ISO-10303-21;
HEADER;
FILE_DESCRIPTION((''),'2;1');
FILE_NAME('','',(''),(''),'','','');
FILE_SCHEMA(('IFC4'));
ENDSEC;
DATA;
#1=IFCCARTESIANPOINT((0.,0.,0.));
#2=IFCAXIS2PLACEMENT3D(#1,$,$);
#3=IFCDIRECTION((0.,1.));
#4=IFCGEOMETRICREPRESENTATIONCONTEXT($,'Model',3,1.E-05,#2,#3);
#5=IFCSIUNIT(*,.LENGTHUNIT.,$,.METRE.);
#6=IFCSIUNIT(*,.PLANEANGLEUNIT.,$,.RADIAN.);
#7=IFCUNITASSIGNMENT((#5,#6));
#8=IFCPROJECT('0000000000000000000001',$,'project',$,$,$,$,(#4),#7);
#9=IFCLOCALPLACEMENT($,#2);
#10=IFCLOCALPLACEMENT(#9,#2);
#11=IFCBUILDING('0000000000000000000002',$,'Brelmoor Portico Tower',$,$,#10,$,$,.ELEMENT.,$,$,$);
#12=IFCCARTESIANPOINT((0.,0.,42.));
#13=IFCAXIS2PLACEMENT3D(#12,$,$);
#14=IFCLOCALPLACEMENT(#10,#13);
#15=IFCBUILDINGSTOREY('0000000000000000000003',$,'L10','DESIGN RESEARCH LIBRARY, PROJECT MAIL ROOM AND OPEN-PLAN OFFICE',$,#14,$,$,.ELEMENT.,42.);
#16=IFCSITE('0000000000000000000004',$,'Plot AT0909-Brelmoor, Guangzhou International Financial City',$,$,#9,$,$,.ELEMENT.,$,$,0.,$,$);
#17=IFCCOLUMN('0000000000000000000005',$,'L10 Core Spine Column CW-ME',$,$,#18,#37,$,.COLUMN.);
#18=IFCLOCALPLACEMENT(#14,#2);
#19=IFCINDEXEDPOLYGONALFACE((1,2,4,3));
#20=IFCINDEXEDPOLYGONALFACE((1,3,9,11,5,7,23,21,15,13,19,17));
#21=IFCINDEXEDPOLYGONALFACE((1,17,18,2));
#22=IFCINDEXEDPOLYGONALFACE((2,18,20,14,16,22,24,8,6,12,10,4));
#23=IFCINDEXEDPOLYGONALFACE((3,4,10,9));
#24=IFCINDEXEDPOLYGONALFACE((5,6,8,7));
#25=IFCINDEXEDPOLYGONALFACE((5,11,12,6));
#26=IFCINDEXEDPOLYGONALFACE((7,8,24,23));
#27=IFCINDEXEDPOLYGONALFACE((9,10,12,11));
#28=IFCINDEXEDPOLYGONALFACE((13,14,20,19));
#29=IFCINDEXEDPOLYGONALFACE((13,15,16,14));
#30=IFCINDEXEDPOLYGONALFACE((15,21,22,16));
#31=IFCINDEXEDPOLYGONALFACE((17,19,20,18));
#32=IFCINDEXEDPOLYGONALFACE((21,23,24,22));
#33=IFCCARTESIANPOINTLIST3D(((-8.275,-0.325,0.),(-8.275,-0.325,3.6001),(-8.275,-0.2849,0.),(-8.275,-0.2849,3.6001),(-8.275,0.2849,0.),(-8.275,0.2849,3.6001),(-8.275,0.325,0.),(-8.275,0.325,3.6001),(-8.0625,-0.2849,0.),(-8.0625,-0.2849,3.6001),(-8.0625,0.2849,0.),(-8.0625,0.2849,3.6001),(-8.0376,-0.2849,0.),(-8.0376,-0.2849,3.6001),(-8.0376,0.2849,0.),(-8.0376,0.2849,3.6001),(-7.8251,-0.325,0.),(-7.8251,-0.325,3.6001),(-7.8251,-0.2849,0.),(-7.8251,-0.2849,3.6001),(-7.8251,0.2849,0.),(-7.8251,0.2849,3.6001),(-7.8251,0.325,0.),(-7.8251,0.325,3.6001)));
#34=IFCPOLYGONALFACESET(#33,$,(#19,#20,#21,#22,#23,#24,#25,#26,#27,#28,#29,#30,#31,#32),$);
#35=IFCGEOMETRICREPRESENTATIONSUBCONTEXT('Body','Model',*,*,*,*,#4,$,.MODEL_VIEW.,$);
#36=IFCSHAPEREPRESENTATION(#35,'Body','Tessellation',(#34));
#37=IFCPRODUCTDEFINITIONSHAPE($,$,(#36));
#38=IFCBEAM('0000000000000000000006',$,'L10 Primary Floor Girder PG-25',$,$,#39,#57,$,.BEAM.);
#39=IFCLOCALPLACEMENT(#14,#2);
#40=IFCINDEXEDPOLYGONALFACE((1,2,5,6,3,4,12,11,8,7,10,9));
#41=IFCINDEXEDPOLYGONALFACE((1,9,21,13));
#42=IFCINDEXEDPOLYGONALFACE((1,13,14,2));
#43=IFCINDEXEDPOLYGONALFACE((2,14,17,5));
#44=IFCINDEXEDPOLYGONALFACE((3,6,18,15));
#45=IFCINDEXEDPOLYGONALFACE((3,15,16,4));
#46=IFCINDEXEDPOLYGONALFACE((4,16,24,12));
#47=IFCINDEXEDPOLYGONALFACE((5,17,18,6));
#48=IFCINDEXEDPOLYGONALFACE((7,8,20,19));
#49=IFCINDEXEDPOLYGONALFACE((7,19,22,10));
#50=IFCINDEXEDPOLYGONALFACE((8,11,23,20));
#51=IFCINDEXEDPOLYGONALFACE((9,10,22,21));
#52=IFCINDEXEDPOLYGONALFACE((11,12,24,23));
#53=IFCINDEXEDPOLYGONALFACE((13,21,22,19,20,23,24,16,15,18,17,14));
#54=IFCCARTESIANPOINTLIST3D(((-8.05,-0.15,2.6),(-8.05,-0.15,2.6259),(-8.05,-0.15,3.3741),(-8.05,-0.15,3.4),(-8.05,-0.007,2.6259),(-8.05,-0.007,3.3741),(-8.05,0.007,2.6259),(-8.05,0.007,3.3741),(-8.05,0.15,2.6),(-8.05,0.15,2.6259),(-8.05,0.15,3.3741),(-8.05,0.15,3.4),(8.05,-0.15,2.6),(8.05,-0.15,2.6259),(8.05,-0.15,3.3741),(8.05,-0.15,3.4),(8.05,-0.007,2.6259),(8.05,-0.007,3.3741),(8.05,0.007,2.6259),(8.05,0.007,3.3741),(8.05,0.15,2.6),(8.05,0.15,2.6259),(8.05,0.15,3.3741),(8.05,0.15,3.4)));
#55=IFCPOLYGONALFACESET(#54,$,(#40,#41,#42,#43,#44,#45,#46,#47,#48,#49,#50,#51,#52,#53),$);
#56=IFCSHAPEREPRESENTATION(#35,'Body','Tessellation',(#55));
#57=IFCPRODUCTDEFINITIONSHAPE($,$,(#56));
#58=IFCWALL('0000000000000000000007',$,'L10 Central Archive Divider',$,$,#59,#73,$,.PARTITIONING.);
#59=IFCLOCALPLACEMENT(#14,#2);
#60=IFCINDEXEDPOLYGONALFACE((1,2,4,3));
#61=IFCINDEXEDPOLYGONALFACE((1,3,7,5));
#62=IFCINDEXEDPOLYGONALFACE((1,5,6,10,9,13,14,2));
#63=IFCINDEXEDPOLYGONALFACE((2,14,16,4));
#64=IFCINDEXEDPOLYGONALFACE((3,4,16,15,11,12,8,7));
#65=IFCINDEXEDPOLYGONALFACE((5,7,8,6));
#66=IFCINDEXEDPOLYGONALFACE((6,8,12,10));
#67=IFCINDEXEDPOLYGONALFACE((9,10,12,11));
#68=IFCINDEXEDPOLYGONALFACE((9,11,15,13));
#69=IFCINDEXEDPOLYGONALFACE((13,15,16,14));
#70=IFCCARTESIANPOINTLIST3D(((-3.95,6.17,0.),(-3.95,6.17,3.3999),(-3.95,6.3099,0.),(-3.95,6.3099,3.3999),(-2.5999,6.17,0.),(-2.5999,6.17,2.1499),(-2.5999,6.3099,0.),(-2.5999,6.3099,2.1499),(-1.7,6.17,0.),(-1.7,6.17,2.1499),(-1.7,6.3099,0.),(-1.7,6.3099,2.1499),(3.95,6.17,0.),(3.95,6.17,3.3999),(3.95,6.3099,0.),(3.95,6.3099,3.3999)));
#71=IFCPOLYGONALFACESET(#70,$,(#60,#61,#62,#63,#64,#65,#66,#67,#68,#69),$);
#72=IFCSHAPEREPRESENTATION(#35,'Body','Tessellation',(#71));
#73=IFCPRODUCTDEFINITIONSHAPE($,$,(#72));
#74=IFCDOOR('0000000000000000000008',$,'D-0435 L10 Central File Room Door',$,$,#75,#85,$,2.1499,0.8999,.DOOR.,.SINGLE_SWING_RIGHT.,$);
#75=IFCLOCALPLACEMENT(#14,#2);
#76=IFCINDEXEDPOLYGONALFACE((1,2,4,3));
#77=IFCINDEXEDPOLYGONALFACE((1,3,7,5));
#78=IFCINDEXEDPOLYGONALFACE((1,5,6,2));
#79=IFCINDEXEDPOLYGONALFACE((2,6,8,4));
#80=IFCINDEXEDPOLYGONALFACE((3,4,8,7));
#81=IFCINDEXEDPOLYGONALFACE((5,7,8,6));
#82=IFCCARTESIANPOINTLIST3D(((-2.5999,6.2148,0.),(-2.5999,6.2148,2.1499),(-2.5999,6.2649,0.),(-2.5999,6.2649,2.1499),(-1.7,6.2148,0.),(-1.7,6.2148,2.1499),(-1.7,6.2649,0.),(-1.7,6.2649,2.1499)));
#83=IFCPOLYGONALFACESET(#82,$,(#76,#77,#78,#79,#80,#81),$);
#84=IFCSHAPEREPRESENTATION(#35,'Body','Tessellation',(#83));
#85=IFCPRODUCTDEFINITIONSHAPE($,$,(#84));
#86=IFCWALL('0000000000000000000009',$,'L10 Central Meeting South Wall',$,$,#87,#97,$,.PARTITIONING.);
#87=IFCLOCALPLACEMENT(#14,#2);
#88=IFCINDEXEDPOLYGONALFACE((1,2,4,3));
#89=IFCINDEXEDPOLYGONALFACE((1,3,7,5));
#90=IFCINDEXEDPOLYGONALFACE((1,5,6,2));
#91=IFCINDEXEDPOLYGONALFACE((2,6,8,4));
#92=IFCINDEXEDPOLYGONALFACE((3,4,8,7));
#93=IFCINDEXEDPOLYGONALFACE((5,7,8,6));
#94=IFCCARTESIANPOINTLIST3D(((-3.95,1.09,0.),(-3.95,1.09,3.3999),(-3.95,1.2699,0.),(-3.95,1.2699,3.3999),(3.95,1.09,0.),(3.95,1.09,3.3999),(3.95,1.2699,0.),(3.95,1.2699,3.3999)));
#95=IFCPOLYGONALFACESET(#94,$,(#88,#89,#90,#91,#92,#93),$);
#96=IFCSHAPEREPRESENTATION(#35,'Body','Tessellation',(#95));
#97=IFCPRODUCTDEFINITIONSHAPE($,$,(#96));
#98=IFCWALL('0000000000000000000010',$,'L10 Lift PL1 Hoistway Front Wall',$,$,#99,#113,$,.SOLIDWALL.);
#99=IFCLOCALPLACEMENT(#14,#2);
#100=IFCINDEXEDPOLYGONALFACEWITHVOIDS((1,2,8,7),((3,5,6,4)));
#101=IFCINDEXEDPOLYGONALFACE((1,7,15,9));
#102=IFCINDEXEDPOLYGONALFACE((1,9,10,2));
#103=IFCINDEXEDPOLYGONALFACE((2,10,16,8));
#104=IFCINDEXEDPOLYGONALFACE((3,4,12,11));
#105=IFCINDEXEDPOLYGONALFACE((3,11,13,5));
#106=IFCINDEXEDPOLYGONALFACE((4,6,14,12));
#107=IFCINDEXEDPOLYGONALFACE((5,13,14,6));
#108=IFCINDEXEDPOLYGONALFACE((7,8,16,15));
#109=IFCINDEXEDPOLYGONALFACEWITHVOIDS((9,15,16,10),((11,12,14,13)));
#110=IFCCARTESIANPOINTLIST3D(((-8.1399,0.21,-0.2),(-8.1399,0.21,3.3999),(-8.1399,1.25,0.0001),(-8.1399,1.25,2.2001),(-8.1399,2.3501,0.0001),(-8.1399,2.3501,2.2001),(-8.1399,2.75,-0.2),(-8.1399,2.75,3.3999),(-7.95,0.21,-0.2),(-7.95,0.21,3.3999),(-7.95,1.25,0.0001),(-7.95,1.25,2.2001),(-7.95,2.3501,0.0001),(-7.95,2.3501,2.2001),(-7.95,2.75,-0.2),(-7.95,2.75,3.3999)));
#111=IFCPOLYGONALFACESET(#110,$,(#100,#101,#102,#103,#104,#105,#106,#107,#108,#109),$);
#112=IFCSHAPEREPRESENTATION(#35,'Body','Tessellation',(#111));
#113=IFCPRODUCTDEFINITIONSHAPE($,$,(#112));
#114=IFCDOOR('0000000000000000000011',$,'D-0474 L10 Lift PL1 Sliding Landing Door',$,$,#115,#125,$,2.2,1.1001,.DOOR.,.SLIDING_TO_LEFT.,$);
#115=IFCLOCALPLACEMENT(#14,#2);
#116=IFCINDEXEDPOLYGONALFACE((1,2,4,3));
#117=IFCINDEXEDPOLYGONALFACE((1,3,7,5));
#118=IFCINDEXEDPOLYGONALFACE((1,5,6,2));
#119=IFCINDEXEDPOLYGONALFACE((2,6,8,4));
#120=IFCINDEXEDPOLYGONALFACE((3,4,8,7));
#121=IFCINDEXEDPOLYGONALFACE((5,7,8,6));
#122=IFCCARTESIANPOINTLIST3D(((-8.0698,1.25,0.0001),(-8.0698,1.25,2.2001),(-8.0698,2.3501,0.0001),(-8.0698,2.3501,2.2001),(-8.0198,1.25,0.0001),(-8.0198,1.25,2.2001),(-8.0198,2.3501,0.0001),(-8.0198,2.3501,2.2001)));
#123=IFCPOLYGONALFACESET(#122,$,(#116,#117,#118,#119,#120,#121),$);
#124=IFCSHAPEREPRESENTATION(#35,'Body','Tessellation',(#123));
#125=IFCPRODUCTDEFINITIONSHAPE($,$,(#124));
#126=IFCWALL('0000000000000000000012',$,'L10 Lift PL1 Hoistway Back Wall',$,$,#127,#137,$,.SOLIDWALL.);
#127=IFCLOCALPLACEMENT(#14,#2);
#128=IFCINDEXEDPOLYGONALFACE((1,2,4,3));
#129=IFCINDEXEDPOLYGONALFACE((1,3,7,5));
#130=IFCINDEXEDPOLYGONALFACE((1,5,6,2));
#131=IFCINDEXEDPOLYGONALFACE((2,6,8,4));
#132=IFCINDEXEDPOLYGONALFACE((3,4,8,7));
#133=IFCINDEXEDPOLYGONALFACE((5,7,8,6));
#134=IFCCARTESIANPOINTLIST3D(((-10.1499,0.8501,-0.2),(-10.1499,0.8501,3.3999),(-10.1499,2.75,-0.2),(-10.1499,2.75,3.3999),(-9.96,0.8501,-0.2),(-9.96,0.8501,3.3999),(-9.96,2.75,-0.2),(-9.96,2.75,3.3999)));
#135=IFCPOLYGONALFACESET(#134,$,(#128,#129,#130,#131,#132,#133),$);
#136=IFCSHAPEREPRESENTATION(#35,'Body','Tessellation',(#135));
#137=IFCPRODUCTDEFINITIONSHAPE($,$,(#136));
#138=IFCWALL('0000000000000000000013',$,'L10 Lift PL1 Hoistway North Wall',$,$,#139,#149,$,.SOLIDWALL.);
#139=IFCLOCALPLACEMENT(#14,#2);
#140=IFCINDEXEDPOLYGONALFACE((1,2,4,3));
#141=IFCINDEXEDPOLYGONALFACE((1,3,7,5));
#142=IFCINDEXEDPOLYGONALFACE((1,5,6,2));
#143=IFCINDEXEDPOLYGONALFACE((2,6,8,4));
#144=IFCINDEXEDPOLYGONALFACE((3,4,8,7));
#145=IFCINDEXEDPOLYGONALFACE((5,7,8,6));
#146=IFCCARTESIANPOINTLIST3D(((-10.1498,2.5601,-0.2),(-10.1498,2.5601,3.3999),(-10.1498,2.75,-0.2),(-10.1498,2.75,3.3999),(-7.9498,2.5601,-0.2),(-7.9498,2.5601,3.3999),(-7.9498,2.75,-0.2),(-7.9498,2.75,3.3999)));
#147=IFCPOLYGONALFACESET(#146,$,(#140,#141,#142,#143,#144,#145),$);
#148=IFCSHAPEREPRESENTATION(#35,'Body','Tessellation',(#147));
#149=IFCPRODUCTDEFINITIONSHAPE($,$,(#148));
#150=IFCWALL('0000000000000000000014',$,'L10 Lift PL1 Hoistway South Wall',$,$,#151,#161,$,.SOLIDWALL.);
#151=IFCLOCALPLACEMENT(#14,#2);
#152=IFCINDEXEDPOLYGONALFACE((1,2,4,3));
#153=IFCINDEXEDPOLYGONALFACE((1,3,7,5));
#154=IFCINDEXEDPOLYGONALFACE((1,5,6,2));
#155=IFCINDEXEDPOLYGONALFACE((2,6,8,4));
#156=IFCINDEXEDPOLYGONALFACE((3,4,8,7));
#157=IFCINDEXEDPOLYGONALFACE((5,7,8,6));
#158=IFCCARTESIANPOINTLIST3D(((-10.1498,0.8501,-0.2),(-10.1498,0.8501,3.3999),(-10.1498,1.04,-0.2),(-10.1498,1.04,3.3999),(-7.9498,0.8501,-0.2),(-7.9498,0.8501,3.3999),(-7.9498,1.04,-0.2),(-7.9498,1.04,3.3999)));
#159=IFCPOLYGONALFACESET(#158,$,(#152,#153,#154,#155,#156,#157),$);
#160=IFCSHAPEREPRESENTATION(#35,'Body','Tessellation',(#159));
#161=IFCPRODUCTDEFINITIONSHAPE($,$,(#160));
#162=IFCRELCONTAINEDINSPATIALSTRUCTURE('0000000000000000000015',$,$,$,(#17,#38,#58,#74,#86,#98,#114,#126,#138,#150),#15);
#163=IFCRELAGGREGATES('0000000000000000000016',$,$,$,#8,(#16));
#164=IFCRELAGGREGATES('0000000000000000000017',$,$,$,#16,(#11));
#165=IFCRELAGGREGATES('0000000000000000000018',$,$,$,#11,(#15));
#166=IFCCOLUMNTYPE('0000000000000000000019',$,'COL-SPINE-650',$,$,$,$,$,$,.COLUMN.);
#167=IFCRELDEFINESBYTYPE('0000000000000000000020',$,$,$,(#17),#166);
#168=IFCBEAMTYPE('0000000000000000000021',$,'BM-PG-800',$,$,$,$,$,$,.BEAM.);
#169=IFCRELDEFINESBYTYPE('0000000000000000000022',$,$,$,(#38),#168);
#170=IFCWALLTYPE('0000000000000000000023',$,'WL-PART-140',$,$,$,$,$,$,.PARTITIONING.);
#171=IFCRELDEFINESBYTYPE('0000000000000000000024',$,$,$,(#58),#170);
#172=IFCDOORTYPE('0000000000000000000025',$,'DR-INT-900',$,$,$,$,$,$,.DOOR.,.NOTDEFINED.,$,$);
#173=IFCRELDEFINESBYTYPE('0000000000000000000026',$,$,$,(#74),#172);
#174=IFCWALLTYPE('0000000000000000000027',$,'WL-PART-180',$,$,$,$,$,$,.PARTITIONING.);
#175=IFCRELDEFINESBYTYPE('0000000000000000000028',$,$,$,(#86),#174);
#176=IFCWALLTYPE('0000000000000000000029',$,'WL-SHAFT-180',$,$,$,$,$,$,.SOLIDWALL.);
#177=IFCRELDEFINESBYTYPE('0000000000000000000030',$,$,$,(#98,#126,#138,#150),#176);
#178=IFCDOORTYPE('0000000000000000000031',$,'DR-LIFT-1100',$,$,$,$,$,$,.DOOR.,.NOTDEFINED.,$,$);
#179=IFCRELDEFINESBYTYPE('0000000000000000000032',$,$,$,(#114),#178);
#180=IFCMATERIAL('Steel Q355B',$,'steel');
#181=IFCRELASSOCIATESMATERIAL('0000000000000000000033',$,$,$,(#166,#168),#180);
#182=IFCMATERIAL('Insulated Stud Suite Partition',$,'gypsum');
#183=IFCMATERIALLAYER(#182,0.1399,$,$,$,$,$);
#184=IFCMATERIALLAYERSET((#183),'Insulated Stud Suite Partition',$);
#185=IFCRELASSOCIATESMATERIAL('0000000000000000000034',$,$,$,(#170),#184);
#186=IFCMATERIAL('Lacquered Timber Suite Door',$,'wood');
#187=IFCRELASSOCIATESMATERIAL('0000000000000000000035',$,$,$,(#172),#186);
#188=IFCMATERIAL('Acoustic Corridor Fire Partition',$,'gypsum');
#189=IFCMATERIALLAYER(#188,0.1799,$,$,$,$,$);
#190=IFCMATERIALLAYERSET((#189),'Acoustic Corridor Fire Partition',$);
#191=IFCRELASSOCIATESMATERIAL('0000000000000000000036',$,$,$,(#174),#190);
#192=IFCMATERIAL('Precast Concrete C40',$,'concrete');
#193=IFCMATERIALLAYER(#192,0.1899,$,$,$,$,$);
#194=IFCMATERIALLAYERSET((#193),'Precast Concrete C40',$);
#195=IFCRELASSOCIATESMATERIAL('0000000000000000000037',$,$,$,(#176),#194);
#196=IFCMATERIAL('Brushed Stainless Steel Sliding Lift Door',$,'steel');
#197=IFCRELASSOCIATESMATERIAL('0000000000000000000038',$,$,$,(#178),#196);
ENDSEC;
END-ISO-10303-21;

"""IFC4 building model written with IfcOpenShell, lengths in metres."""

from ifc_helpers import new_model, si_unit, direction, frame, frame_2d, origin, origin_2d, place, context, subcontext, project, spatial, rectangle, i_section, extrude, material, layer, layer_set, material_profile, profile_set, type_object, element, fill, save


model = new_model("IFC4")

# Units and contexts
model_context = context("Model", 3, precision=1e-05, world=origin(), true_north=direction((0.0, 1.0)))
body_context = subcontext(model_context, "Body", "Model", "MODEL_VIEW")
ifc_project = project(units=[si_unit("LENGTHUNIT", "METRE"), si_unit("PLANEANGLEUNIT", "RADIAN")], contexts=[model_context])

# Site, building, storey
site_placement = place(None, origin())
site = spatial("IfcSite", under=ifc_project, at=site_placement, Name="Plot AT0909-Brelmoor, Guangzhou International Financial City", CompositionType="ELEMENT", RefElevation=0.0)
building_placement = place(site_placement, origin())
building = spatial("IfcBuilding", under=site, at=building_placement, Name="Brelmoor Portico Tower", CompositionType="ELEMENT")
storey_placement = place(building_placement, frame((0.0, 0.0, 42.0)))
storey = spatial("IfcBuildingStorey", under=building, at=storey_placement, Name="L10", Description="DESIGN RESEARCH LIBRARY, PROJECT MAIL ROOM AND OPEN-PLAN OFFICE", CompositionType="ELEMENT", Elevation=42.0)

# Column
ifc_material_1 = material(Name="Steel Q355B", Category="steel")
ifc_material_profile_1 = material_profile(ifc_material_1, i_section(OverallWidth=0.45, OverallDepth=0.6499, WebThickness=0.0249, FlangeThickness=0.04, at=origin_2d()), Name="HW 650x450x25x40")
ifc_profile_set_1 = profile_set([ifc_material_profile_1], Name="Steel Q355B")
column_type = type_object("IfcColumnType", Name="COL-SPINE-650", PredefinedType="COLUMN", material=ifc_profile_set_1)
column_placement = place(storey_placement, frame((-8.05, 0.0, 0.0), z_axis=(0.0, 0.0, 1.0), x_axis=(1.0, 0.0, 0.0)))
element("IfcColumn", 1, at=column_placement, inside=storey, type_object=column_type, Name="L10 Core Spine Column CW-ME", PredefinedType="COLUMN", context=body_context, shape_type="SweptSolid", body=[
    extrude(i_section(OverallWidth=0.45, OverallDepth=0.6499, WebThickness=0.0249, FlangeThickness=0.04, at=origin_2d()), origin(), (0.0, 0.0, 1.0), 3.6001),
])

# Beam
ifc_material_profile_2 = material_profile(ifc_material_1, i_section(OverallWidth=0.3, OverallDepth=0.8, WebThickness=0.0139, FlangeThickness=0.0259, at=origin_2d()), Name="HN 800x300x14x26")
ifc_profile_set_2 = profile_set([ifc_material_profile_2], Name="Steel Q355B")
beam_type = type_object("IfcBeamType", Name="BM-PG-800", PredefinedType="BEAM", material=ifc_profile_set_2)
beam_placement = place(storey_placement, frame((-8.05, 0.0, 3.0), z_axis=(1.0, 0.0, 0.0), x_axis=(0.0, 1.0, 0.0)))
element("IfcBeam", 2, at=beam_placement, inside=storey, type_object=beam_type, Name="L10 Primary Floor Girder PG-25", PredefinedType="BEAM", context=body_context, shape_type="SweptSolid", body=[
    extrude(i_section(OverallWidth=0.3, OverallDepth=0.8, WebThickness=0.0139, FlangeThickness=0.0259, at=origin_2d()), origin(), (0.0, 0.0, 1.0), 16.1001),
])

# Wall, opening, door
ifc_material_2 = material(Name="Insulated Stud Suite Partition", Category="gypsum")
ifc_layer_1 = layer(ifc_material_2, 0.1399)
ifc_layer_set_1 = layer_set([ifc_layer_1], Name="Insulated Stud Suite Partition")
wall_type_1 = type_object("IfcWallType", Name="WL-PART-140", PredefinedType="PARTITIONING", material=ifc_layer_set_1)
wall_1_placement = place(storey_placement, frame((-3.95, 6.24, 0.0), z_axis=(0.0, 0.0, 1.0), x_axis=(1.0, 0.0, 0.0)))
wall_1 = element("IfcWall", 3, at=wall_1_placement, inside=storey, type_object=wall_type_1, Name="L10 Central Archive Divider", PredefinedType="PARTITIONING", context=body_context, shape_type="SweptSolid", body=[
    extrude(rectangle(XDim=7.8999, YDim=0.1399, at=frame_2d((3.95, 0.0))), origin(), (0.0, 0.0, 1.0), 3.3999),
])
opening_1_placement = place(wall_1_placement, frame((1.3501, 0.0, 0.0)))
opening_1 = element("IfcOpeningElement", 4, at=opening_1_placement, cuts=wall_1, PredefinedType="OPENING", context=body_context, shape_type="SweptSolid", body=[
    extrude(rectangle(XDim=0.8999, YDim=2.1499, at=frame_2d((0.45, 1.075))), frame((0.0, 0.0798, 0.0), z_axis=(0.0, -1.0, 0.0), x_axis=(1.0, 0.0, 0.0)), (0.0, 0.0, 1.0), 0.1599),
])
ifc_material_3 = material(Name="Lacquered Timber Suite Door", Category="wood")
door_type_1 = type_object("IfcDoorType", Name="DR-INT-900", OperationType="NOTDEFINED", PredefinedType="DOOR", material=ifc_material_3)
door_1_placement = place(opening_1_placement, origin())
door_1 = element("IfcDoor", 5, at=door_1_placement, inside=storey, type_object=door_type_1, Name="D-0435 L10 Central File Room Door", OperationType="SINGLE_SWING_RIGHT", OverallHeight=2.1499, OverallWidth=0.8999, PredefinedType="DOOR", context=body_context, shape_type="SweptSolid", body=[
    extrude(rectangle(XDim=0.8999, YDim=2.1499, at=frame_2d((0.45, 1.075))), frame((0.0, 0.0249, 0.0), z_axis=(0.0, -1.0, 0.0), x_axis=(1.0, 0.0, 0.0)), (0.0, 0.0, 1.0), 0.05),
])
fill(opening_1, door_1)

# Wall
ifc_material_4 = material(Name="Acoustic Corridor Fire Partition", Category="gypsum")
ifc_layer_2 = layer(ifc_material_4, 0.1799)
ifc_layer_set_2 = layer_set([ifc_layer_2], Name="Acoustic Corridor Fire Partition")
wall_type_2 = type_object("IfcWallType", Name="WL-PART-180", PredefinedType="PARTITIONING", material=ifc_layer_set_2)
wall_2_placement = place(storey_placement, frame((-3.95, 1.1799, 0.0), z_axis=(0.0, 0.0, 1.0), x_axis=(1.0, 0.0, 0.0)))
element("IfcWall", 6, at=wall_2_placement, inside=storey, type_object=wall_type_2, Name="L10 Central Meeting South Wall", PredefinedType="PARTITIONING", context=body_context, shape_type="SweptSolid", body=[
    extrude(rectangle(XDim=7.8999, YDim=0.1799, at=frame_2d((3.95, 0.0))), origin(), (0.0, 0.0, 1.0), 3.3999),
])

# Wall, opening, door
ifc_material_5 = material(Name="Precast Concrete C40", Category="concrete")
ifc_layer_3 = layer(ifc_material_5, 0.1899)
ifc_layer_set_3 = layer_set([ifc_layer_3], Name="Precast Concrete C40")
wall_type_3 = type_object("IfcWallType", Name="WL-SHAFT-180", PredefinedType="SOLIDWALL", material=ifc_layer_set_3)
wall_3_placement = place(storey_placement, frame((-8.0449, 0.21, -0.2), z_axis=(0.0, 0.0, 1.0), x_axis=(0.0, 1.0, 0.0)))
wall_3 = element("IfcWall", 7, at=wall_3_placement, inside=storey, type_object=wall_type_3, Name="L10 Lift PL1 Hoistway Front Wall", PredefinedType="SOLIDWALL", context=body_context, shape_type="SweptSolid", body=[
    extrude(rectangle(XDim=2.54, YDim=0.1899, at=frame_2d((1.27, 0.0))), origin(), (0.0, 0.0, 1.0), 3.5999),
])
opening_2_placement = place(wall_3_placement, frame((1.04, 0.0, 0.2)))
opening_2 = element("IfcOpeningElement", 8, at=opening_2_placement, cuts=wall_3, PredefinedType="OPENING", context=body_context, shape_type="SweptSolid", body=[
    extrude(rectangle(XDim=1.1001, YDim=2.2, at=frame_2d((0.55, 1.1001))), frame((0.0, 0.105, 0.0), z_axis=(0.0, -1.0, 0.0), x_axis=(1.0, 0.0, 0.0)), (0.0, 0.0, 1.0), 0.21),
])
ifc_material_6 = material(Name="Brushed Stainless Steel Sliding Lift Door", Category="steel")
door_type_2 = type_object("IfcDoorType", Name="DR-LIFT-1100", OperationType="NOTDEFINED", PredefinedType="DOOR", material=ifc_material_6)
door_2_placement = place(opening_2_placement, origin())
door_2 = element("IfcDoor", 9, at=door_2_placement, inside=storey, type_object=door_type_2, Name="D-0474 L10 Lift PL1 Sliding Landing Door", OperationType="SLIDING_TO_LEFT", OverallHeight=2.2, OverallWidth=1.1001, PredefinedType="DOOR", context=body_context, shape_type="SweptSolid", body=[
    extrude(rectangle(XDim=1.1001, YDim=2.2, at=frame_2d((0.55, 1.1001))), frame((0.0, 0.0249, 0.0), z_axis=(0.0, -1.0, 0.0), x_axis=(1.0, 0.0, 0.0)), (0.0, 0.0, 1.0), 0.05),
])
fill(opening_2, door_2)

# Walls
wall_4_placement = place(storey_placement, frame((-10.0549, 0.8501, -0.2), z_axis=(0.0, 0.0, 1.0), x_axis=(0.0, 1.0, 0.0)))
element("IfcWall", 10, at=wall_4_placement, inside=storey, type_object=wall_type_3, Name="L10 Lift PL1 Hoistway Back Wall", PredefinedType="SOLIDWALL", context=body_context, shape_type="SweptSolid", body=[
    extrude(rectangle(XDim=1.8999, YDim=0.1899, at=frame_2d((0.95, 0.0))), origin(), (0.0, 0.0, 1.0), 3.5999),
])
for number, where, z_axis, x_axis, name in (
    (11, (-10.1499, 2.655, -0.2), (0.0, 0.0, 1.0), (1.0, 0.0, 0.0), "L10 Lift PL1 Hoistway North Wall"),
    (12, (-10.1499, 0.9451, -0.2), (0.0, 0.0, 1.0), (1.0, 0.0, 0.0), "L10 Lift PL1 Hoistway South Wall"),
):
    element("IfcWall", number, at=place(storey_placement, frame(where, z_axis=z_axis, x_axis=x_axis)), inside=storey, type_object=wall_type_3, Name=name, PredefinedType="SOLIDWALL", context=body_context, shape_type="SweptSolid", body=[
        extrude(rectangle(XDim=2.2, YDim=0.1899, at=frame_2d((1.1001, 0.0))), origin(), (0.0, 0.0, 1.0), 3.5999),
    ])

save(model, "model.ifc")
